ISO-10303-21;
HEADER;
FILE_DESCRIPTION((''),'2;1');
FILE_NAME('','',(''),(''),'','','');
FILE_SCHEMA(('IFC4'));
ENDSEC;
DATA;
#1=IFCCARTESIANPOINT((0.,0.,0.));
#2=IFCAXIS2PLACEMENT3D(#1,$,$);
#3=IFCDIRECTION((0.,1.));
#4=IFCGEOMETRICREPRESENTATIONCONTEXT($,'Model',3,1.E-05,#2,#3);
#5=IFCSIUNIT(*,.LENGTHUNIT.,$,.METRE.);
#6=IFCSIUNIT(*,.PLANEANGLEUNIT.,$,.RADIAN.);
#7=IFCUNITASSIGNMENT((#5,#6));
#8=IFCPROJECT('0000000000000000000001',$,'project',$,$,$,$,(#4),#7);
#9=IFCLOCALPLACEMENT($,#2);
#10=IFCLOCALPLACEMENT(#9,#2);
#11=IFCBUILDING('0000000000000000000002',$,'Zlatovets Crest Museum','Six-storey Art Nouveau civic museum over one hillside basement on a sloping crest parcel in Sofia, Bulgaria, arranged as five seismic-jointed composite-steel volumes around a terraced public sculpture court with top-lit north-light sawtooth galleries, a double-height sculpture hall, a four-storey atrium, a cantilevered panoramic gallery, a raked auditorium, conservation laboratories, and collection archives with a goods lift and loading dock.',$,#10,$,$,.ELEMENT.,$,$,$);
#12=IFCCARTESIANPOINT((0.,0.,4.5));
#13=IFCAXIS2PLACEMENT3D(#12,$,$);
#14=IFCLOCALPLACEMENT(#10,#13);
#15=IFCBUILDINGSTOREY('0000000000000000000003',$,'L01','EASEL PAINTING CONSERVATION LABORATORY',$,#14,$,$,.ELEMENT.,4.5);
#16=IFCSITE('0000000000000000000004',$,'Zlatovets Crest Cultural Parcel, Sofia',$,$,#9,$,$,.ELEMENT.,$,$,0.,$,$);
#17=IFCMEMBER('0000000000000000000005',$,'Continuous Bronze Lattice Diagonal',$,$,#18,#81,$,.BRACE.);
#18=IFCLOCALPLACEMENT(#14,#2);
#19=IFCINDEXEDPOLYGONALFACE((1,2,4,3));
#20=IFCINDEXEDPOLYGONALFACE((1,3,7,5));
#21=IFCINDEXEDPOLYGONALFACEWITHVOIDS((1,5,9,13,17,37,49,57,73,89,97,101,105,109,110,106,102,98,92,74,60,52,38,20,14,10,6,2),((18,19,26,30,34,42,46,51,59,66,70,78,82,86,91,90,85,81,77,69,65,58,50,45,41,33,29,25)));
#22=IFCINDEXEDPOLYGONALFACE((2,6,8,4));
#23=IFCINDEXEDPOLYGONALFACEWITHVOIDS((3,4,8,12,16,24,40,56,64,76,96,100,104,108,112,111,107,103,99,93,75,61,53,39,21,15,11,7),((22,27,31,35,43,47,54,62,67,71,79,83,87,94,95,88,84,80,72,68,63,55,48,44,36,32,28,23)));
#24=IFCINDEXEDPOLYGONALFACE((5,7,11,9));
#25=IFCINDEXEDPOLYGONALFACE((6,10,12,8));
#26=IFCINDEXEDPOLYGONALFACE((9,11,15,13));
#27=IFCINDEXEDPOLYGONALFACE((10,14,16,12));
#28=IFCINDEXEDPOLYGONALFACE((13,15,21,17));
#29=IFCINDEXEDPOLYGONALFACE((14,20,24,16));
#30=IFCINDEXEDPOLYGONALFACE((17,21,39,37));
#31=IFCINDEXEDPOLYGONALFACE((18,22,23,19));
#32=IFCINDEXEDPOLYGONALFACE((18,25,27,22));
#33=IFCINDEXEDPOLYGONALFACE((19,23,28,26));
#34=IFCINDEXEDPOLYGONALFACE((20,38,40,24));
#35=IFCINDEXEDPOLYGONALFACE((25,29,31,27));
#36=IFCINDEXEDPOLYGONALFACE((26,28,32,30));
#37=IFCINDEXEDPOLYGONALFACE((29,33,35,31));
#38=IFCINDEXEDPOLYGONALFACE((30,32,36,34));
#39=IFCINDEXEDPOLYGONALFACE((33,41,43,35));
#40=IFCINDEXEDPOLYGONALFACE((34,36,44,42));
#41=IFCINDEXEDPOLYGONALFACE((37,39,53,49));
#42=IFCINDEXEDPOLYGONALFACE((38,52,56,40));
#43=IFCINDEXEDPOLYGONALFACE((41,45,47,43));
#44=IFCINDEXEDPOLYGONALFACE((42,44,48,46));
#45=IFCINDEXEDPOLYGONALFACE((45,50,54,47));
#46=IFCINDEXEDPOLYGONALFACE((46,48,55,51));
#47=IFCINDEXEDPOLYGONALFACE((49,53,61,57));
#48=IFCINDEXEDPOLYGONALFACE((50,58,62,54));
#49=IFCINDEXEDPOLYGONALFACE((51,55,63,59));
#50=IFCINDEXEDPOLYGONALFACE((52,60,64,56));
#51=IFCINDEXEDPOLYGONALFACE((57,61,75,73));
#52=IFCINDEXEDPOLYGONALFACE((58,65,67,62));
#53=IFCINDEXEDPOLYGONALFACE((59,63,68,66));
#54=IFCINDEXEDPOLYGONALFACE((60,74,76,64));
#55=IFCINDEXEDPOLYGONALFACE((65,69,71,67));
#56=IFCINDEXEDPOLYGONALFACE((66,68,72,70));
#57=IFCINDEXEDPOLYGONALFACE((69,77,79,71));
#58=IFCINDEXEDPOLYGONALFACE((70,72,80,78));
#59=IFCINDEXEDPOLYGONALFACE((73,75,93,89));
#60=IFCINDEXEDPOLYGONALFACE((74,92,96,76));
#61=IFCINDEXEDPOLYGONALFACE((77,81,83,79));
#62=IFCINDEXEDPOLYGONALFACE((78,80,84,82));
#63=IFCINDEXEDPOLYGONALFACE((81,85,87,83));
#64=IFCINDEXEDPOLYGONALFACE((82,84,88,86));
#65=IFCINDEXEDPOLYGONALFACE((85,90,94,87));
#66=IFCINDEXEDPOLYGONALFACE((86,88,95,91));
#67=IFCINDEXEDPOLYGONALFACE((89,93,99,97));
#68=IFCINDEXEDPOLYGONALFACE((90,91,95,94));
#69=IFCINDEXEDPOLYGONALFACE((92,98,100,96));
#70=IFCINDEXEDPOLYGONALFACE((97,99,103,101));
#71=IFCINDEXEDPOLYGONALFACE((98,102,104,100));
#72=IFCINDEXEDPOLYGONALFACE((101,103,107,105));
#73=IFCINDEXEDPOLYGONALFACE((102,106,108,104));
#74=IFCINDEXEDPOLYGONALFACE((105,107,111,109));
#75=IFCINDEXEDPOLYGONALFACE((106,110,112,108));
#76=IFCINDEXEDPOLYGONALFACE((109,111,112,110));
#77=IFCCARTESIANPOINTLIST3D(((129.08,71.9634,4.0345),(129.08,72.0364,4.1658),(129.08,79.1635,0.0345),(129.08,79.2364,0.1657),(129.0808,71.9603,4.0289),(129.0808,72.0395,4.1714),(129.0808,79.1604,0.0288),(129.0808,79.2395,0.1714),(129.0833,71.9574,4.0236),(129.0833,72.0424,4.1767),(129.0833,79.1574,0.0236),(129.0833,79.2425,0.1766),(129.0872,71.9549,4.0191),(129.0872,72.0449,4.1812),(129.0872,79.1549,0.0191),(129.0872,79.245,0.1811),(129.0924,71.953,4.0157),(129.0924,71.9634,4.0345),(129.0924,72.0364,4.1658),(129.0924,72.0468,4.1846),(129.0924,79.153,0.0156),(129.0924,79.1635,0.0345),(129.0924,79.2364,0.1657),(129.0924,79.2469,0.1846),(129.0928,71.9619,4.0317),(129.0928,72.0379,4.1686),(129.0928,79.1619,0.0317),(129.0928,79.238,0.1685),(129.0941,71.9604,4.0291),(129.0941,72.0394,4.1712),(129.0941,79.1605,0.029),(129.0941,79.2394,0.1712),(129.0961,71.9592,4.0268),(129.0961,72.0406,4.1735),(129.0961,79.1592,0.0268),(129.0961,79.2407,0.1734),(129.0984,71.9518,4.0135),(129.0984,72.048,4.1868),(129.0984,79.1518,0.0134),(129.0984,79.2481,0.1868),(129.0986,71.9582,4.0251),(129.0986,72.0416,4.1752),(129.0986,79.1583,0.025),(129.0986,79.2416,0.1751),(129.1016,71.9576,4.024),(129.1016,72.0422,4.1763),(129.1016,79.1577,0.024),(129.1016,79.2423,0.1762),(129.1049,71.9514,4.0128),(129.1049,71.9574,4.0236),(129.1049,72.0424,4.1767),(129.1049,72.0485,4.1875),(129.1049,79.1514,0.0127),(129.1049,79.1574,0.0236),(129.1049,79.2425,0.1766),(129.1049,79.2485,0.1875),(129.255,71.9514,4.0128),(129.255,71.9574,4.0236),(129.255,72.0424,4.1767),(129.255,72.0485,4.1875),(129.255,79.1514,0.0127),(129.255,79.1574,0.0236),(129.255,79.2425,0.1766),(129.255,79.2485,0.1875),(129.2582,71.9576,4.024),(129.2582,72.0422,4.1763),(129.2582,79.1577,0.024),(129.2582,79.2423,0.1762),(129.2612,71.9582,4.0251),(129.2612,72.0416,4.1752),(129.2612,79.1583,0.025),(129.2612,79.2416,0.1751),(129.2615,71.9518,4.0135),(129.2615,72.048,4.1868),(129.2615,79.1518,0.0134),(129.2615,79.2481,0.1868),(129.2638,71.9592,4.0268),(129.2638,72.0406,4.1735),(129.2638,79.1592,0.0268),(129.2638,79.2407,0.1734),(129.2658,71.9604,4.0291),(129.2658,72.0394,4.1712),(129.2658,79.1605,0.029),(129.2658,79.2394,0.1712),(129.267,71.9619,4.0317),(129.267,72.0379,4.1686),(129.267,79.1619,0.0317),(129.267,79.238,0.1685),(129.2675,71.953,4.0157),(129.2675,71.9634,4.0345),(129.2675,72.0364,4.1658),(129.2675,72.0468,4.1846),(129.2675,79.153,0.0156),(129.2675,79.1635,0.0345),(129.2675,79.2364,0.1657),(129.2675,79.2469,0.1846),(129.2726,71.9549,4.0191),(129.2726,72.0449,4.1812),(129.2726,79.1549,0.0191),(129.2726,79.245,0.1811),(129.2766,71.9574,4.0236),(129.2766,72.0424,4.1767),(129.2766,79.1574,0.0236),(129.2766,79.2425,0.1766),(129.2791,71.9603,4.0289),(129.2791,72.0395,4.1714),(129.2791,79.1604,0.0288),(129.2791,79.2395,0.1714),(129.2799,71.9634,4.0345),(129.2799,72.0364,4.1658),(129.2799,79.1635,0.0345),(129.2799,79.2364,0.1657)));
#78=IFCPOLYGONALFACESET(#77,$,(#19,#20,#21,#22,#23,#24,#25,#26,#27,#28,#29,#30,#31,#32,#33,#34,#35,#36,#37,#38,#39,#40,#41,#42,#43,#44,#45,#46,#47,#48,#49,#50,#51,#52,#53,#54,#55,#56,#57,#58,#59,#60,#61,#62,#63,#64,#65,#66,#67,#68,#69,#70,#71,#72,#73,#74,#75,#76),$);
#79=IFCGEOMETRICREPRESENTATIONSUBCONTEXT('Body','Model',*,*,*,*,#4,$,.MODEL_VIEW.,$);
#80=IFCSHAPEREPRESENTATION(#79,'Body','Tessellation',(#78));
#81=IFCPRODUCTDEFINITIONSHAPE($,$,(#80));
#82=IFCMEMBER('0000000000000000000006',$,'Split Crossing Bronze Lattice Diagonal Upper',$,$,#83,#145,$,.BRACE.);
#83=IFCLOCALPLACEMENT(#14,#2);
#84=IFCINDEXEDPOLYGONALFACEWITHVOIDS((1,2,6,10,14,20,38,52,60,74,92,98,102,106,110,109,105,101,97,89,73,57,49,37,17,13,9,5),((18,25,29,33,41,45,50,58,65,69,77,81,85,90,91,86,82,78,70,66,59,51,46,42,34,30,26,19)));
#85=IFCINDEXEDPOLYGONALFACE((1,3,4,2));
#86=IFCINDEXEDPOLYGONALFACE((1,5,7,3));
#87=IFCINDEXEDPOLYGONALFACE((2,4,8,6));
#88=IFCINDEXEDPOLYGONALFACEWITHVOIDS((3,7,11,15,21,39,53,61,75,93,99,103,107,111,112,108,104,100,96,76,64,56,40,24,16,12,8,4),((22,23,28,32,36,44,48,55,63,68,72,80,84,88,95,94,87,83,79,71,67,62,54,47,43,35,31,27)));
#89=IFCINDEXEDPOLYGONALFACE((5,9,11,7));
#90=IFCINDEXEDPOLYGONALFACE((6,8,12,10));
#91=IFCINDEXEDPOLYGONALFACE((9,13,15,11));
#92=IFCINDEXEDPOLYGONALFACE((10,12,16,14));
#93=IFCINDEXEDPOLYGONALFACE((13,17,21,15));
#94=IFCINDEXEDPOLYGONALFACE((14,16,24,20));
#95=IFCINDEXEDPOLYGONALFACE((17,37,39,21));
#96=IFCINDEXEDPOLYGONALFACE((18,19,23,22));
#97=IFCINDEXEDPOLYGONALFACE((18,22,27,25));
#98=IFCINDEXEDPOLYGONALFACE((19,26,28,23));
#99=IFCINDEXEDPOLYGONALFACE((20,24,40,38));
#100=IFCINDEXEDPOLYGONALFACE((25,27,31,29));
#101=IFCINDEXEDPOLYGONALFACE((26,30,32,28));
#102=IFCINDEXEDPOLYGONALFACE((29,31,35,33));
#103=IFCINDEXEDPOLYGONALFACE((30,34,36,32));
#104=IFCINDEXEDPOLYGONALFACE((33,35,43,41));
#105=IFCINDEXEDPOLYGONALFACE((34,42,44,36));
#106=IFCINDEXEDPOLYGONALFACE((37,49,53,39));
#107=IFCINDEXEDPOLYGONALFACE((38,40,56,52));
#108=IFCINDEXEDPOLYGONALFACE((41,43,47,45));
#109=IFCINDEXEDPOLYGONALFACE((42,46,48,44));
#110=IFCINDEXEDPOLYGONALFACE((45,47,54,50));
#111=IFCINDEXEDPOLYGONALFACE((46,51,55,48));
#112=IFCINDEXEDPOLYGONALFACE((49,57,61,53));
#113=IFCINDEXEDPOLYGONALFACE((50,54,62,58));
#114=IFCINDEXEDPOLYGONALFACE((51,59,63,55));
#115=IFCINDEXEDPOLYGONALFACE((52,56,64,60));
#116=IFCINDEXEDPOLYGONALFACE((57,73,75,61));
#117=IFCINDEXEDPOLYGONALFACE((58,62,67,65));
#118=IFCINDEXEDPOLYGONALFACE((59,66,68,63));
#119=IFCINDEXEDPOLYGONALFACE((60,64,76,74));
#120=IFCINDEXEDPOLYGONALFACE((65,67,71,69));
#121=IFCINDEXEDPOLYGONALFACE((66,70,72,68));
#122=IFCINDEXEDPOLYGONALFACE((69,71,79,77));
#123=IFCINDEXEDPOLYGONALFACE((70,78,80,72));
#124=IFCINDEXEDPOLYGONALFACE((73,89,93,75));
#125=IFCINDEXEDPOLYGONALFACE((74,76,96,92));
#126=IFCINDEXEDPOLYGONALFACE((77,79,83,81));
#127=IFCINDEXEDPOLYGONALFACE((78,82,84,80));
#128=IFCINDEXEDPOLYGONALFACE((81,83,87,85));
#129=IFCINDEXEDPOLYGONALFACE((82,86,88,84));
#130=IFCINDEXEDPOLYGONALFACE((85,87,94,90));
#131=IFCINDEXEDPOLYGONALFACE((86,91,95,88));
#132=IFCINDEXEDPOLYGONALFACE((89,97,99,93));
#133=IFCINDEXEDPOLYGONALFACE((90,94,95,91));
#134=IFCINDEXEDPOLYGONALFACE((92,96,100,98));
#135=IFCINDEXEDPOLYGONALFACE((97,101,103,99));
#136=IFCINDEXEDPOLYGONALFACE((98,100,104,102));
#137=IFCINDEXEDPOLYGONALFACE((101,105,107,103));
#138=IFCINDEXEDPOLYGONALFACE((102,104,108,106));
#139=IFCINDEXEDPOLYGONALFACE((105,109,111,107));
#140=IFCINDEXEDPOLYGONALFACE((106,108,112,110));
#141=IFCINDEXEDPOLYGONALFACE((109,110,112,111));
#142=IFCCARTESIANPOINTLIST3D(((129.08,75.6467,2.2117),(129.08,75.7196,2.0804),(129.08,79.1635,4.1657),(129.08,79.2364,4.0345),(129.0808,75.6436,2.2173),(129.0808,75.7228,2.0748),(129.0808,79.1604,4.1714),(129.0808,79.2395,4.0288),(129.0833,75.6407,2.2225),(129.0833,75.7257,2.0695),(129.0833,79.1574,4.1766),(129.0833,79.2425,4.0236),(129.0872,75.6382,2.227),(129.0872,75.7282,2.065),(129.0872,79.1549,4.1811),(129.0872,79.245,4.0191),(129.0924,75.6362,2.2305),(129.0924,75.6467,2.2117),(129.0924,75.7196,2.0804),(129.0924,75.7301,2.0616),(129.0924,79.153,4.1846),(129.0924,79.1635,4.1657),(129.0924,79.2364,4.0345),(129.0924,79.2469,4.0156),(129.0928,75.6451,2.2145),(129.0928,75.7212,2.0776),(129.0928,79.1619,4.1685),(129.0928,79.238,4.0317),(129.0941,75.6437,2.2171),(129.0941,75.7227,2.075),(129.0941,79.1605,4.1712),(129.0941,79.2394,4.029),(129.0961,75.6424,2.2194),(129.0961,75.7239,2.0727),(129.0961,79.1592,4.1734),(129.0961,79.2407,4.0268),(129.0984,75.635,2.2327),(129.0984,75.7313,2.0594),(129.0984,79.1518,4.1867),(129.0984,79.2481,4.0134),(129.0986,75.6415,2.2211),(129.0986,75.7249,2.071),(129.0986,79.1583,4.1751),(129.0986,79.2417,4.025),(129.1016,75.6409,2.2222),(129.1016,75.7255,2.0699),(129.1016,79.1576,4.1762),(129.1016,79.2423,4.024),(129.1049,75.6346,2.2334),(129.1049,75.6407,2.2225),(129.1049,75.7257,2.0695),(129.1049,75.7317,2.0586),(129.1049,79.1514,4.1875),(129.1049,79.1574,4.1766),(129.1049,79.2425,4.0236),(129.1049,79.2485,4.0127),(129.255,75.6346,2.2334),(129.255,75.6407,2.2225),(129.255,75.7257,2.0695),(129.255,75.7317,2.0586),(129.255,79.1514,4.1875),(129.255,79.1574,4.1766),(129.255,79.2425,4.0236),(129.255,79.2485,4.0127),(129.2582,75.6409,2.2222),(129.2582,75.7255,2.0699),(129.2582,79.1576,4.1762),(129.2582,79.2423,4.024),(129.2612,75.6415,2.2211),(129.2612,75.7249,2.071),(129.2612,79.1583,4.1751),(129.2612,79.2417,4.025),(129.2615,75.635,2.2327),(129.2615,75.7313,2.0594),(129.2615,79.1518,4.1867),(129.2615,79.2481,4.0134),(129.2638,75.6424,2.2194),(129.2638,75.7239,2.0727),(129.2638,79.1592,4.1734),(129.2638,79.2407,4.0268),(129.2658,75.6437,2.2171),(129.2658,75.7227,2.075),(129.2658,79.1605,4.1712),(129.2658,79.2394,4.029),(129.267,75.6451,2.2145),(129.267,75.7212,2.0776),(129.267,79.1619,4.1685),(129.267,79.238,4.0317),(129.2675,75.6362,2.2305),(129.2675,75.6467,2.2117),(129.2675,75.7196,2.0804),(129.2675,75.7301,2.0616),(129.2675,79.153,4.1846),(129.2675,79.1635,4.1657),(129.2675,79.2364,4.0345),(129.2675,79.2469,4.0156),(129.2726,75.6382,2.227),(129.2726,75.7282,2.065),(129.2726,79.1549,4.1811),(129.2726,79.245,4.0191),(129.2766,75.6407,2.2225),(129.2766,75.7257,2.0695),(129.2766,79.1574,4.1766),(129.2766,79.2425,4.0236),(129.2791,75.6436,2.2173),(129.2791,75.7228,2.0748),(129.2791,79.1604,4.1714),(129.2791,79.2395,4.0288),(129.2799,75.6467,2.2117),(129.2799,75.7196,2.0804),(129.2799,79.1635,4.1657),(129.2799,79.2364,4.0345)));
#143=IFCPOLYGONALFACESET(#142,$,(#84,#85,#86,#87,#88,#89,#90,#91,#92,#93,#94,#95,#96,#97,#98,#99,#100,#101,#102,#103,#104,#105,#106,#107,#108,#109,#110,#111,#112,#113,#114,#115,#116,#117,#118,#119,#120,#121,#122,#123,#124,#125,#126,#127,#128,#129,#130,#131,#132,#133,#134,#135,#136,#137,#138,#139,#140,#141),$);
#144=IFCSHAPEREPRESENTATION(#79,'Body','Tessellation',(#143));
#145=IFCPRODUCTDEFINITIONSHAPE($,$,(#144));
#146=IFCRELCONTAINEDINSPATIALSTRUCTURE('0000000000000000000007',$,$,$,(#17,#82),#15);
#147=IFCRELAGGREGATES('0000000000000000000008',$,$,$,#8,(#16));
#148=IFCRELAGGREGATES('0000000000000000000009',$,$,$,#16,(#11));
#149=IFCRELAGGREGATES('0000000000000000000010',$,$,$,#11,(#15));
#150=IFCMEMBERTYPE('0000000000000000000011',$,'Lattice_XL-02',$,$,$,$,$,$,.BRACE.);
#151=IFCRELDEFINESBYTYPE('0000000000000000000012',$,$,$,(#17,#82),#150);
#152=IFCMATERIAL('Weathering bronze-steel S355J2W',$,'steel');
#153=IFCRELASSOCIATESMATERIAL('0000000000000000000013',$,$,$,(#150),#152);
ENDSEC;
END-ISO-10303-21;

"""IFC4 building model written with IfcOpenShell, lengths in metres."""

from ifc_helpers import new_model, si_unit, direction, frame, origin, origin_2d, place, context, subcontext, project, spatial, hollow_rectangle, extrude, material, material_profile, profile_set, type_object, element, save


model = new_model("IFC4")

# Units and contexts
model_context = context("Model", 3, precision=1e-05, world=origin(), true_north=direction((0.0, 1.0)))
body_context = subcontext(model_context, "Body", "Model", "MODEL_VIEW")
ifc_project = project(units=[si_unit("LENGTHUNIT", "METRE"), si_unit("PLANEANGLEUNIT", "RADIAN")], contexts=[model_context])

# Site, building, storey
site_placement = place(None, origin())
site = spatial("IfcSite", under=ifc_project, at=site_placement, Name="Zlatovets Crest Cultural Parcel, Sofia", CompositionType="ELEMENT", RefElevation=0.0)
building_placement = place(site_placement, origin())
building = spatial("IfcBuilding", under=site, at=building_placement, Name="Zlatovets Crest Museum", Description="Six-storey Art Nouveau civic museum over one hillside basement on a sloping crest parcel in Sofia, Bulgaria, arranged as five seismic-jointed composite-steel volumes around a terraced public sculpture court with top-lit north-light sawtooth galleries, a double-height sculpture hall, a four-storey atrium, a cantilevered panoramic gallery, a raked auditorium, conservation laboratories, and collection archives with a goods lift and loading dock.", CompositionType="ELEMENT")
storey_placement = place(building_placement, frame((0.0, 0.0, 4.5)))
storey = spatial("IfcBuildingStorey", under=building, at=storey_placement, Name="L01", Description="EASEL PAINTING CONSERVATION LABORATORY", CompositionType="ELEMENT", Elevation=4.5)

# Members
ifc_material_1 = material(Name="Weathering bronze-steel S355J2W", Category="steel")
ifc_material_profile_1 = material_profile(ifc_material_1, hollow_rectangle(XDim=0.2, YDim=0.2, WallThickness=0.0125, InnerFilletRadius=0.0125, OuterFilletRadius=0.0249, at=origin_2d()), Name="SHS 200x200x12.5")
ifc_profile_set_1 = profile_set([ifc_material_profile_1], Name="Weathering bronze-steel S355J2W")
member_type_1 = type_object("IfcMemberType", Name="Lattice_XL-02", PredefinedType="BRACE", material=ifc_profile_set_1)
member_1_placement = place(storey_placement, frame((129.1799, 79.2, 0.1001), z_axis=(0.0, -0.874156, 0.485645), x_axis=(1.0, 0.0, 0.0)))
element("IfcMember", 1, at=member_1_placement, inside=storey, type_object=member_type_1, Name="Continuous Bronze Lattice Diagonal", PredefinedType="BRACE", context=body_context, shape_type="SweptSolid", body=[
    extrude(hollow_rectangle(XDim=0.2, YDim=0.2, WallThickness=0.0125, InnerFilletRadius=0.0125, OuterFilletRadius=0.0249, at=origin_2d()), origin(), (0.0, 0.0, 1.0), 8.2366),
])
member_2_placement = place(storey_placement, frame((129.1799, 79.2, 4.1001), z_axis=(0.0, -0.874126, -0.4857), x_axis=(1.0, 0.0, 0.0)))
element("IfcMember", 2, at=member_2_placement, inside=storey, type_object=member_type_1, Name="Split Crossing Bronze Lattice Diagonal Upper", PredefinedType="BRACE", context=body_context, shape_type="SweptSolid", body=[
    extrude(hollow_rectangle(XDim=0.2, YDim=0.2, WallThickness=0.0125, InnerFilletRadius=0.0125, OuterFilletRadius=0.0249, at=origin_2d()), origin(), (0.0, 0.0, 1.0), 4.0232),
])

save(model, "model.ifc")
